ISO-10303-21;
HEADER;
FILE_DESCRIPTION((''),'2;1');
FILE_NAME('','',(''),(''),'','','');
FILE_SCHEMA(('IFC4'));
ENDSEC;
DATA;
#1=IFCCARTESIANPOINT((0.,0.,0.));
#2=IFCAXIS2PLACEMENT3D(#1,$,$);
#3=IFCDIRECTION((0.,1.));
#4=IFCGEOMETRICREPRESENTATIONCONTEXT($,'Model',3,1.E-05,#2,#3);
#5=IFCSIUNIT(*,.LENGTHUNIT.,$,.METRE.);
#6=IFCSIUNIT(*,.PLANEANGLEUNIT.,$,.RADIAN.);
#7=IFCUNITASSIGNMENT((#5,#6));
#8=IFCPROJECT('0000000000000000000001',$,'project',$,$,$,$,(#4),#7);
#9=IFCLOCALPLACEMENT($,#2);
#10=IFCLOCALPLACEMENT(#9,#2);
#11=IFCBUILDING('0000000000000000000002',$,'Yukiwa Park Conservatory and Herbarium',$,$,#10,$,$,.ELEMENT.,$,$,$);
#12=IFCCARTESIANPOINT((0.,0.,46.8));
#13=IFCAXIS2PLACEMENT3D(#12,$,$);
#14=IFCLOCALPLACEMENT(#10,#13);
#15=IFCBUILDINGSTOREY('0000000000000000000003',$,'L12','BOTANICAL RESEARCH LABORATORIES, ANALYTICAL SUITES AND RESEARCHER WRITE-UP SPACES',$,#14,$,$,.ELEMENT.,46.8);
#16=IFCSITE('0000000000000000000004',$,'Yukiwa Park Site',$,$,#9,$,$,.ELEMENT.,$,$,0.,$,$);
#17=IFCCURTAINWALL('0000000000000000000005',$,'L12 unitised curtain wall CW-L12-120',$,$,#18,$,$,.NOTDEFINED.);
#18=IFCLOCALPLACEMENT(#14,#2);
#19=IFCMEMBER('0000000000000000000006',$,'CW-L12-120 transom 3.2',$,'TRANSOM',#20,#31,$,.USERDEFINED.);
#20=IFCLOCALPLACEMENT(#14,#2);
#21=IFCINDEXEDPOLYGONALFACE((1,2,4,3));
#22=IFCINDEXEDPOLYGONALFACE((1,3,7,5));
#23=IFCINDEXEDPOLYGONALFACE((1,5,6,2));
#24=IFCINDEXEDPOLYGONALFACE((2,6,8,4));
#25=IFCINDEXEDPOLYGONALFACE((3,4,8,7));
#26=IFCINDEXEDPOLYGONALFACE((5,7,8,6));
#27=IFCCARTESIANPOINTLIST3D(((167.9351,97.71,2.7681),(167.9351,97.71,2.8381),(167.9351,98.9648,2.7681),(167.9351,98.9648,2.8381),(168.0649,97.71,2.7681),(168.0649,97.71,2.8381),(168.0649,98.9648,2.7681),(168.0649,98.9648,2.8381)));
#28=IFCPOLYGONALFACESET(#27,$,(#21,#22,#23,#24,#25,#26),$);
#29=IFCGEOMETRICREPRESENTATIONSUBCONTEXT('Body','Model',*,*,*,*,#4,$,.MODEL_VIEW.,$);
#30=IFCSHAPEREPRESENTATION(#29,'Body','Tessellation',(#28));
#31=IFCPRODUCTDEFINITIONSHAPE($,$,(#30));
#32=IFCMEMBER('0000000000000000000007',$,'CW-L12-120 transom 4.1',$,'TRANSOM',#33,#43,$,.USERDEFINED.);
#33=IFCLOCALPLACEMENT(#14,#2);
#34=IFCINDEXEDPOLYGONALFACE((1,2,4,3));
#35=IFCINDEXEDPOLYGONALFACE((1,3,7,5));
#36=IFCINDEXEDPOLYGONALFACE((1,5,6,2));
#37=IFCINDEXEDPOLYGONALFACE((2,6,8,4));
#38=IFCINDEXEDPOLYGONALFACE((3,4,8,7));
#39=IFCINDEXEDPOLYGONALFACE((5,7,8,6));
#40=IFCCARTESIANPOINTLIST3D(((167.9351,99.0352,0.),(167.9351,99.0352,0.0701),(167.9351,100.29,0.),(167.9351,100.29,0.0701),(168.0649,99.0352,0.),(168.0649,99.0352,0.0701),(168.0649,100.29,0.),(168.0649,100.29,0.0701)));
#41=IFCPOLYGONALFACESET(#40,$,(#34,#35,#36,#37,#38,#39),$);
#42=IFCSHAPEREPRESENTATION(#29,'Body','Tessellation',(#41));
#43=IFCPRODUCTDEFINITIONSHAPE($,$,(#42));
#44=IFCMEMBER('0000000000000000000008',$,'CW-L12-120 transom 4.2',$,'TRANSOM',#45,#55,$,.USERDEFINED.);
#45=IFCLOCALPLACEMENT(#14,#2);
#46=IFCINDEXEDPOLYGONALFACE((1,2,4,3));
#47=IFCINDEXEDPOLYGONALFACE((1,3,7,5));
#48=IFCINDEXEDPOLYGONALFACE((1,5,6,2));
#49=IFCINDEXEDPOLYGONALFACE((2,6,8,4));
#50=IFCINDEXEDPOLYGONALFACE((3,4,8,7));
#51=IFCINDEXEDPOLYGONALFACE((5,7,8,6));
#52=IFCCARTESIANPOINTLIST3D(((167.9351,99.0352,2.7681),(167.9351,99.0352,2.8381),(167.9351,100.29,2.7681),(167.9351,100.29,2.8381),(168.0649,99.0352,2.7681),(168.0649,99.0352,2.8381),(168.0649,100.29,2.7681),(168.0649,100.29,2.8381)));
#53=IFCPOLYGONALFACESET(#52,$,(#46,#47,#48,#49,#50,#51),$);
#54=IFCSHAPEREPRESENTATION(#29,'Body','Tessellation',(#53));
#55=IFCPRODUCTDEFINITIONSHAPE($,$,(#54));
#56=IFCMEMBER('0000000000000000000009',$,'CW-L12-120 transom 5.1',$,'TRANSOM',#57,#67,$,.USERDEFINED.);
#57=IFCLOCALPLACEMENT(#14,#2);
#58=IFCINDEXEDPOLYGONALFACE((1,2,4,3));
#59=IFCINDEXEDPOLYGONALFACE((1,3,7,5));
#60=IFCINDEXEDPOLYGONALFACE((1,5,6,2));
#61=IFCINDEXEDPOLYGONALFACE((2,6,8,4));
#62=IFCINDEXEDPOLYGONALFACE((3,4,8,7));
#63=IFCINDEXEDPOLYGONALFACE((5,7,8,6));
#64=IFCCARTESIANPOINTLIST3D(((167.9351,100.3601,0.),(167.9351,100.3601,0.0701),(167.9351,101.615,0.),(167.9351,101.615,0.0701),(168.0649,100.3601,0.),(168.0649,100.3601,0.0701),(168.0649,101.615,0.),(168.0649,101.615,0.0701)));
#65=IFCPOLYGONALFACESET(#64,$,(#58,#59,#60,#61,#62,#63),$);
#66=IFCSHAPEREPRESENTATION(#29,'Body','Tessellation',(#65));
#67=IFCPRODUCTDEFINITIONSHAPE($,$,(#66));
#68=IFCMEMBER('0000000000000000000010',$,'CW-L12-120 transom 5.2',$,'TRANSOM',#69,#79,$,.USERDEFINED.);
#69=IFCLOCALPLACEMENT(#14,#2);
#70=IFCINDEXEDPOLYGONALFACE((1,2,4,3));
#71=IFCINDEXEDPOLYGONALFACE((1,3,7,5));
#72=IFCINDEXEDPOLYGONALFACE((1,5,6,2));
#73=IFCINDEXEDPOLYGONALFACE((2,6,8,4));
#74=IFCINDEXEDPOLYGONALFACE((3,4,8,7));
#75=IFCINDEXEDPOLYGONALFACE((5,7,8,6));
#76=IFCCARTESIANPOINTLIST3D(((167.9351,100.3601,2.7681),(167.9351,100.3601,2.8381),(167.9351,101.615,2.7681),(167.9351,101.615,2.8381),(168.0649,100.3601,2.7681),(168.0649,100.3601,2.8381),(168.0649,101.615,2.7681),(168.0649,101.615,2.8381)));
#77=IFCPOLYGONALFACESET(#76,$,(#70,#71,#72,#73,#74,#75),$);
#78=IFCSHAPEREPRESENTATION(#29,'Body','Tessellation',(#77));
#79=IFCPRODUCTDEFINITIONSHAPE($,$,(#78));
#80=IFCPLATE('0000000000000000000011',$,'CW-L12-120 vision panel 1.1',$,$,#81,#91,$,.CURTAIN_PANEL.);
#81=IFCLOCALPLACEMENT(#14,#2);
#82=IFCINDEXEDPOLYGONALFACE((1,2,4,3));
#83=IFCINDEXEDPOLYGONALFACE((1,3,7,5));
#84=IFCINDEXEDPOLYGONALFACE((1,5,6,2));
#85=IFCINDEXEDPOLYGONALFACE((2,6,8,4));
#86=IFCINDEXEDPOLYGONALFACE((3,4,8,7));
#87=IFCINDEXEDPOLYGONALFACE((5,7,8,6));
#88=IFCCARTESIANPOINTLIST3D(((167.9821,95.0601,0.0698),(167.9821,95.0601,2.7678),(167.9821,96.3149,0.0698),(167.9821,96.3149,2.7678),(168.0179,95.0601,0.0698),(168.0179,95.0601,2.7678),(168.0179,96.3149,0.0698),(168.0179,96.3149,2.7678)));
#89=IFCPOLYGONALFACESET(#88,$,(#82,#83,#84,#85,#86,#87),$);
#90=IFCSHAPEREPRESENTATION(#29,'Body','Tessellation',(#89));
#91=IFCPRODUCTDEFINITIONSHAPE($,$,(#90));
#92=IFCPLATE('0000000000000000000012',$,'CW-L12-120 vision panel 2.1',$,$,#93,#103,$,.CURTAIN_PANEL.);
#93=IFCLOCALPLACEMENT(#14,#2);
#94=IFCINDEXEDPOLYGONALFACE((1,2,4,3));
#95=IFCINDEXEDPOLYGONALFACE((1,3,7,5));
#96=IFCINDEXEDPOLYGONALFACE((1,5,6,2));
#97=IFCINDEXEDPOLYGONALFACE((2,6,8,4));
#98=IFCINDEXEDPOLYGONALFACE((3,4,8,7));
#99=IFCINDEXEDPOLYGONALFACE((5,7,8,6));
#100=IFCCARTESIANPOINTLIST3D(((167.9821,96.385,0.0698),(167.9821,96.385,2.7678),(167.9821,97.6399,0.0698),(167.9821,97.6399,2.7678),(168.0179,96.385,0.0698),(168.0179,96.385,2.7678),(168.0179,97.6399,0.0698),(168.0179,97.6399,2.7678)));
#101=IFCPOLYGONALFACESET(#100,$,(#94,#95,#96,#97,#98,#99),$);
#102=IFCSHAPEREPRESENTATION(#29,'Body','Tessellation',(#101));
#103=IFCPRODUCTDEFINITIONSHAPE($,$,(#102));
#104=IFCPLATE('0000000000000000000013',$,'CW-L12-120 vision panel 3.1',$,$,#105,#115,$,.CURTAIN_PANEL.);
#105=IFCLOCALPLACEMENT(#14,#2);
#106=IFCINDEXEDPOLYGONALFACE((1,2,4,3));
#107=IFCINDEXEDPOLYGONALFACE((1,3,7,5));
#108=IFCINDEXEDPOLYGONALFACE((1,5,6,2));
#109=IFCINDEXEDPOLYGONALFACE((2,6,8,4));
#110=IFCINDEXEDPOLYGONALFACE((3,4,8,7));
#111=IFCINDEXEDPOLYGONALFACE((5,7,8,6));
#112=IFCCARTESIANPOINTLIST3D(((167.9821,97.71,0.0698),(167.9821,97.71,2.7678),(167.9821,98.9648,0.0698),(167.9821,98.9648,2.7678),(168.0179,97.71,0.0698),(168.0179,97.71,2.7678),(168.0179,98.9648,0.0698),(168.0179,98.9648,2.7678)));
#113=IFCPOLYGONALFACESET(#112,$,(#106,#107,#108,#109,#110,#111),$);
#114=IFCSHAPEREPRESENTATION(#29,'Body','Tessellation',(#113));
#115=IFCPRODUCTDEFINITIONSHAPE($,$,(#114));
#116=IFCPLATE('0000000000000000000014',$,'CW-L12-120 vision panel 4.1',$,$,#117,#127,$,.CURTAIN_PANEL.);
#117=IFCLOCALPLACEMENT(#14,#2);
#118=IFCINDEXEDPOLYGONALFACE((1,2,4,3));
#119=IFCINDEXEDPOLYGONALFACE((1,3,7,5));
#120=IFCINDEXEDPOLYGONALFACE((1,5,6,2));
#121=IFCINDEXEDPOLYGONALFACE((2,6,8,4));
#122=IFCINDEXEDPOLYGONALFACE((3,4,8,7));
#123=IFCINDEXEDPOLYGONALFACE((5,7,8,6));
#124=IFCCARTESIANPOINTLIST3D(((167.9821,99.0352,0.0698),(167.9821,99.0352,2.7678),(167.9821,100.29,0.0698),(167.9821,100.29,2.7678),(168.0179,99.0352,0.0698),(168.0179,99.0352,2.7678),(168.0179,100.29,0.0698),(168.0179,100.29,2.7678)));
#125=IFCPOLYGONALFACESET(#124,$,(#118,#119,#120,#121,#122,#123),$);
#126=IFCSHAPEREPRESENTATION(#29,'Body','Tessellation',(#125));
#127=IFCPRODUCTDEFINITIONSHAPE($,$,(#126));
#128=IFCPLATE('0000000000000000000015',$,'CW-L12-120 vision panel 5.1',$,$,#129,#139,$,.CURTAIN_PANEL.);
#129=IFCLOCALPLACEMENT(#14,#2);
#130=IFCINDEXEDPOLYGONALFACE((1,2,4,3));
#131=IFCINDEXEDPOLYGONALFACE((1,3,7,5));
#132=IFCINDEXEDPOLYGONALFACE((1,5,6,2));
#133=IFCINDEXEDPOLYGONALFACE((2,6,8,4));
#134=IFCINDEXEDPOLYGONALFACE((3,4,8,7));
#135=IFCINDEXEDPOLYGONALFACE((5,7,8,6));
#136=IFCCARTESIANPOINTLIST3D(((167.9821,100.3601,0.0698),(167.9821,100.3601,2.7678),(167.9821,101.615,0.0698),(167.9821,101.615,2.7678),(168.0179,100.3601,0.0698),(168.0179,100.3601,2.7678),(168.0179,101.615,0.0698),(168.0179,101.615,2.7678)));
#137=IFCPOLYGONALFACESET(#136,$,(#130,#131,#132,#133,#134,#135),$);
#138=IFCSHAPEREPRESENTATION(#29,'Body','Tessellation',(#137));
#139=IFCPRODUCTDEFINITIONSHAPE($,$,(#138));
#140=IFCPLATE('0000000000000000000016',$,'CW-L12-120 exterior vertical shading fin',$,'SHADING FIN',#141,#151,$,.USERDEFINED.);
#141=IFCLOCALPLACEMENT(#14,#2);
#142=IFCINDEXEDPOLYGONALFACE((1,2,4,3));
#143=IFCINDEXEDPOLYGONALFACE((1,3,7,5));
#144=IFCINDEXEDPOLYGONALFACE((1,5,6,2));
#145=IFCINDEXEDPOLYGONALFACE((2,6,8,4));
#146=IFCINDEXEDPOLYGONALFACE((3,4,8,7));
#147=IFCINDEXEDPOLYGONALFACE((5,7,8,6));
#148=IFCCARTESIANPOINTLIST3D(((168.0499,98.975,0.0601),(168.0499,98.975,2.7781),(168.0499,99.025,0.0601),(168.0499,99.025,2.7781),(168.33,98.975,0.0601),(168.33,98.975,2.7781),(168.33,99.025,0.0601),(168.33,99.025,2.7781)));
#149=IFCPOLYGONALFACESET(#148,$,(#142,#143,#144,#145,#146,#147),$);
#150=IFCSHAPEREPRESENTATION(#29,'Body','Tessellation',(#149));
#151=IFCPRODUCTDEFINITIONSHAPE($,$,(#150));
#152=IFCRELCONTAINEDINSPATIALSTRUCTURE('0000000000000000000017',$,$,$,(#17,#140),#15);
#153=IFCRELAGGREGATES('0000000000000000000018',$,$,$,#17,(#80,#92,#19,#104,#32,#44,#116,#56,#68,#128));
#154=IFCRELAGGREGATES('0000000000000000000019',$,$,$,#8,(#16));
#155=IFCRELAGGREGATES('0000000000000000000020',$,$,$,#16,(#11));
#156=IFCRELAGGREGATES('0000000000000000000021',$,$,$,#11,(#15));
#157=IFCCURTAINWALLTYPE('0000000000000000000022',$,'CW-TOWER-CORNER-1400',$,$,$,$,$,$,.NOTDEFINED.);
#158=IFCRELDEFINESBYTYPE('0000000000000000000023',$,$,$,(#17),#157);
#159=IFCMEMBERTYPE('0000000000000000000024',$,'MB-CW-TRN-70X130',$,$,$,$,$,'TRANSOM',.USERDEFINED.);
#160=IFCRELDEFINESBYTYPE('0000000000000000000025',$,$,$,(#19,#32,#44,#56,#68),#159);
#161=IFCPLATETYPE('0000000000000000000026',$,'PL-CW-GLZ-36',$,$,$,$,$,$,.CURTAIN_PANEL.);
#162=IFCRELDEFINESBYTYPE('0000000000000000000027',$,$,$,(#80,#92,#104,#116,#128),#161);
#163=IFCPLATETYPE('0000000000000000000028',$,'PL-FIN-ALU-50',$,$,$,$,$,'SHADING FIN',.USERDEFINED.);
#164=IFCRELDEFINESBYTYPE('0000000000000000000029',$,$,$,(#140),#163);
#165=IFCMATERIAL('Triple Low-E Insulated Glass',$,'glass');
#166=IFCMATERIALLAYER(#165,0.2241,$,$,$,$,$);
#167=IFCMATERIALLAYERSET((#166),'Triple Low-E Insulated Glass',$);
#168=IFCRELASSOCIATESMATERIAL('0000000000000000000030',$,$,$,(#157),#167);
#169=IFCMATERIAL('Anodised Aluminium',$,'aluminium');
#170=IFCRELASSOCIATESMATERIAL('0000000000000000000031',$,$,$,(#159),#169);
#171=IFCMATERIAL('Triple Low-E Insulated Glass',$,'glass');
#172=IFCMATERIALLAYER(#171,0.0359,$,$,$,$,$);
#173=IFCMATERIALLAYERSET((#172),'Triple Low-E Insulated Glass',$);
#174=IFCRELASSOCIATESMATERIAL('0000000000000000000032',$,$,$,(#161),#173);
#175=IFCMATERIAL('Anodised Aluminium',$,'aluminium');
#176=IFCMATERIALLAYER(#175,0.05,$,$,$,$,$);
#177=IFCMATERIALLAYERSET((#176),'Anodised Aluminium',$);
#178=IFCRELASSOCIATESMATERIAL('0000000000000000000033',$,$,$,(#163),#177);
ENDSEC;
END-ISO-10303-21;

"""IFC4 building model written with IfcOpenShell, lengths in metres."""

from ifc_helpers import new_model, si_unit, direction, frame, origin, origin_2d, place, context, subcontext, project, spatial, rectangle, extrude, material, layer, layer_set, type_object, element, aggregate, save


model = new_model("IFC4")

# Units and contexts
model_context = context("Model", 3, precision=1e-05, world=origin(), true_north=direction((0.0, 1.0)))
body_context = subcontext(model_context, "Body", "Model", "MODEL_VIEW")
ifc_project = project(units=[si_unit("LENGTHUNIT", "METRE"), si_unit("PLANEANGLEUNIT", "RADIAN")], contexts=[model_context])

# Site, building, storey
site_placement = place(None, origin())
site = spatial("IfcSite", under=ifc_project, at=site_placement, Name="Yukiwa Park Site", CompositionType="ELEMENT", RefElevation=0.0)
building_placement = place(site_placement, origin())
building = spatial("IfcBuilding", under=site, at=building_placement, Name="Yukiwa Park Conservatory and Herbarium", CompositionType="ELEMENT")
storey_placement = place(building_placement, frame((0.0, 0.0, 46.8)))
storey = spatial("IfcBuildingStorey", under=building, at=storey_placement, Name="L12", Description="BOTANICAL RESEARCH LABORATORIES, ANALYTICAL SUITES AND RESEARCHER WRITE-UP SPACES", CompositionType="ELEMENT", Elevation=46.8)

# Curtain wall, members, plates
ifc_material_1 = material(Name="Triple Low-E Insulated Glass", Category="glass")
ifc_layer_1 = layer(ifc_material_1, 0.2241)
ifc_layer_set_1 = layer_set([ifc_layer_1], Name="Triple Low-E Insulated Glass")
curtain_wall_type = type_object("IfcCurtainWallType", Name="CW-TOWER-CORNER-1400", PredefinedType="NOTDEFINED", material=ifc_layer_set_1)
curtain_wall_placement = place(storey_placement, origin())
curtain_wall = element("IfcCurtainWall", 1, at=curtain_wall_placement, inside=storey, type_object=curtain_wall_type, Name="L12 unitised curtain wall CW-L12-120", PredefinedType="NOTDEFINED")
ifc_material_2 = material(Name="Anodised Aluminium", Category="aluminium")
member_type_1 = type_object("IfcMemberType", Name="MB-CW-TRN-70X130", ElementType="TRANSOM", PredefinedType="USERDEFINED", material=ifc_material_2)
member_1_placement = place(storey_placement, frame((168.0, 98.3374, 2.7681), z_axis=(0.0, 0.0, 1.0), x_axis=(0.0, 1.0, 0.0)))
member_1 = element("IfcMember", 2, at=member_1_placement, type_object=member_type_1, Name="CW-L12-120 transom 3.2", ObjectType="TRANSOM", PredefinedType="USERDEFINED", context=body_context, shape_type="SweptSolid", body=[
    extrude(rectangle(XDim=1.2549, YDim=0.1299, at=origin_2d()), origin(), (0.0, 0.0, 1.0), 0.0701),
])
member_2_placement = place(storey_placement, frame((168.0, 99.6626, 0.0), z_axis=(0.0, 0.0, 1.0), x_axis=(0.0, 1.0, 0.0)))
member_2 = element("IfcMember", 3, at=member_2_placement, type_object=member_type_1, Name="CW-L12-120 transom 4.1", ObjectType="TRANSOM", PredefinedType="USERDEFINED", context=body_context, shape_type="SweptSolid", body=[
    extrude(rectangle(XDim=1.2549, YDim=0.1299, at=origin_2d()), origin(), (0.0, 0.0, 1.0), 0.0701),
])
member_3_placement = place(storey_placement, frame((168.0, 99.6626, 2.7681), z_axis=(0.0, 0.0, 1.0), x_axis=(0.0, 1.0, 0.0)))
member_3 = element("IfcMember", 4, at=member_3_placement, type_object=member_type_1, Name="CW-L12-120 transom 4.2", ObjectType="TRANSOM", PredefinedType="USERDEFINED", context=body_context, shape_type="SweptSolid", body=[
    extrude(rectangle(XDim=1.2549, YDim=0.1299, at=origin_2d()), origin(), (0.0, 0.0, 1.0), 0.0701),
])
member_4_placement = place(storey_placement, frame((168.0, 100.9875, 0.0), z_axis=(0.0, 0.0, 1.0), x_axis=(0.0, 1.0, 0.0)))
member_4 = element("IfcMember", 5, at=member_4_placement, type_object=member_type_1, Name="CW-L12-120 transom 5.1", ObjectType="TRANSOM", PredefinedType="USERDEFINED", context=body_context, shape_type="SweptSolid", body=[
    extrude(rectangle(XDim=1.2549, YDim=0.1299, at=origin_2d()), origin(), (0.0, 0.0, 1.0), 0.0701),
])
member_5_placement = place(storey_placement, frame((168.0, 100.9875, 2.7681), z_axis=(0.0, 0.0, 1.0), x_axis=(0.0, 1.0, 0.0)))
member_5 = element("IfcMember", 6, at=member_5_placement, type_object=member_type_1, Name="CW-L12-120 transom 5.2", ObjectType="TRANSOM", PredefinedType="USERDEFINED", context=body_context, shape_type="SweptSolid", body=[
    extrude(rectangle(XDim=1.2549, YDim=0.1299, at=origin_2d()), origin(), (0.0, 0.0, 1.0), 0.0701),
])
ifc_material_3 = material(Name="Triple Low-E Insulated Glass", Category="glass")
ifc_layer_2 = layer(ifc_material_3, 0.0359)
ifc_layer_set_2 = layer_set([ifc_layer_2], Name="Triple Low-E Insulated Glass")
plate_type_1 = type_object("IfcPlateType", Name="PL-CW-GLZ-36", PredefinedType="CURTAIN_PANEL", material=ifc_layer_set_2)
plate_1_placement = place(storey_placement, frame((168.0, 95.6875, 0.0698), z_axis=(0.0, 0.0, 1.0), x_axis=(0.0, 1.0, 0.0)))
plate_1 = element("IfcPlate", 7, at=plate_1_placement, type_object=plate_type_1, Name="CW-L12-120 vision panel 1.1", PredefinedType="CURTAIN_PANEL", context=body_context, shape_type="SweptSolid", body=[
    extrude(rectangle(XDim=1.2549, YDim=0.0359, at=origin_2d()), origin(), (0.0, 0.0, 1.0), 2.698),
])
plate_2_placement = place(storey_placement, frame((168.0, 97.0125, 0.0698), z_axis=(0.0, 0.0, 1.0), x_axis=(0.0, 1.0, 0.0)))
plate_2 = element("IfcPlate", 8, at=plate_2_placement, type_object=plate_type_1, Name="CW-L12-120 vision panel 2.1", PredefinedType="CURTAIN_PANEL", context=body_context, shape_type="SweptSolid", body=[
    extrude(rectangle(XDim=1.2549, YDim=0.0359, at=origin_2d()), origin(), (0.0, 0.0, 1.0), 2.698),
])
plate_3_placement = place(storey_placement, frame((168.0, 98.3374, 0.0698), z_axis=(0.0, 0.0, 1.0), x_axis=(0.0, 1.0, 0.0)))
plate_3 = element("IfcPlate", 9, at=plate_3_placement, type_object=plate_type_1, Name="CW-L12-120 vision panel 3.1", PredefinedType="CURTAIN_PANEL", context=body_context, shape_type="SweptSolid", body=[
    extrude(rectangle(XDim=1.2549, YDim=0.0359, at=origin_2d()), origin(), (0.0, 0.0, 1.0), 2.698),
])
plate_4_placement = place(storey_placement, frame((168.0, 99.6626, 0.0698), z_axis=(0.0, 0.0, 1.0), x_axis=(0.0, 1.0, 0.0)))
plate_4 = element("IfcPlate", 10, at=plate_4_placement, type_object=plate_type_1, Name="CW-L12-120 vision panel 4.1", PredefinedType="CURTAIN_PANEL", context=body_context, shape_type="SweptSolid", body=[
    extrude(rectangle(XDim=1.2549, YDim=0.0359, at=origin_2d()), origin(), (0.0, 0.0, 1.0), 2.698),
])
plate_5_placement = place(storey_placement, frame((168.0, 100.9875, 0.0698), z_axis=(0.0, 0.0, 1.0), x_axis=(0.0, 1.0, 0.0)))
plate_5 = element("IfcPlate", 11, at=plate_5_placement, type_object=plate_type_1, Name="CW-L12-120 vision panel 5.1", PredefinedType="CURTAIN_PANEL", context=body_context, shape_type="SweptSolid", body=[
    extrude(rectangle(XDim=1.2549, YDim=0.0359, at=origin_2d()), origin(), (0.0, 0.0, 1.0), 2.698),
])
aggregate(curtain_wall, [plate_1, plate_2, member_1, plate_3, member_2, member_3, plate_4, member_4, member_5, plate_5])

# Plate
ifc_material_4 = material(Name="Anodised Aluminium", Category="aluminium")
ifc_layer_3 = layer(ifc_material_4, 0.05)
ifc_layer_set_3 = layer_set([ifc_layer_3], Name="Anodised Aluminium")
plate_type_2 = type_object("IfcPlateType", Name="PL-FIN-ALU-50", ElementType="SHADING FIN", PredefinedType="USERDEFINED", material=ifc_layer_set_3)
plate_6_placement = place(storey_placement, frame((168.1899, 99.0, 0.0601), z_axis=(0.0, 0.0, 1.0), x_axis=(0.0, 1.0, 0.0)))
element("IfcPlate", 12, at=plate_6_placement, inside=storey, type_object=plate_type_2, Name="CW-L12-120 exterior vertical shading fin", ObjectType="SHADING FIN", PredefinedType="USERDEFINED", context=body_context, shape_type="SweptSolid", body=[
    extrude(rectangle(XDim=0.05, YDim=0.28, at=origin_2d()), origin(), (0.0, 0.0, 1.0), 2.718),
])

save(model, "model.ifc")
